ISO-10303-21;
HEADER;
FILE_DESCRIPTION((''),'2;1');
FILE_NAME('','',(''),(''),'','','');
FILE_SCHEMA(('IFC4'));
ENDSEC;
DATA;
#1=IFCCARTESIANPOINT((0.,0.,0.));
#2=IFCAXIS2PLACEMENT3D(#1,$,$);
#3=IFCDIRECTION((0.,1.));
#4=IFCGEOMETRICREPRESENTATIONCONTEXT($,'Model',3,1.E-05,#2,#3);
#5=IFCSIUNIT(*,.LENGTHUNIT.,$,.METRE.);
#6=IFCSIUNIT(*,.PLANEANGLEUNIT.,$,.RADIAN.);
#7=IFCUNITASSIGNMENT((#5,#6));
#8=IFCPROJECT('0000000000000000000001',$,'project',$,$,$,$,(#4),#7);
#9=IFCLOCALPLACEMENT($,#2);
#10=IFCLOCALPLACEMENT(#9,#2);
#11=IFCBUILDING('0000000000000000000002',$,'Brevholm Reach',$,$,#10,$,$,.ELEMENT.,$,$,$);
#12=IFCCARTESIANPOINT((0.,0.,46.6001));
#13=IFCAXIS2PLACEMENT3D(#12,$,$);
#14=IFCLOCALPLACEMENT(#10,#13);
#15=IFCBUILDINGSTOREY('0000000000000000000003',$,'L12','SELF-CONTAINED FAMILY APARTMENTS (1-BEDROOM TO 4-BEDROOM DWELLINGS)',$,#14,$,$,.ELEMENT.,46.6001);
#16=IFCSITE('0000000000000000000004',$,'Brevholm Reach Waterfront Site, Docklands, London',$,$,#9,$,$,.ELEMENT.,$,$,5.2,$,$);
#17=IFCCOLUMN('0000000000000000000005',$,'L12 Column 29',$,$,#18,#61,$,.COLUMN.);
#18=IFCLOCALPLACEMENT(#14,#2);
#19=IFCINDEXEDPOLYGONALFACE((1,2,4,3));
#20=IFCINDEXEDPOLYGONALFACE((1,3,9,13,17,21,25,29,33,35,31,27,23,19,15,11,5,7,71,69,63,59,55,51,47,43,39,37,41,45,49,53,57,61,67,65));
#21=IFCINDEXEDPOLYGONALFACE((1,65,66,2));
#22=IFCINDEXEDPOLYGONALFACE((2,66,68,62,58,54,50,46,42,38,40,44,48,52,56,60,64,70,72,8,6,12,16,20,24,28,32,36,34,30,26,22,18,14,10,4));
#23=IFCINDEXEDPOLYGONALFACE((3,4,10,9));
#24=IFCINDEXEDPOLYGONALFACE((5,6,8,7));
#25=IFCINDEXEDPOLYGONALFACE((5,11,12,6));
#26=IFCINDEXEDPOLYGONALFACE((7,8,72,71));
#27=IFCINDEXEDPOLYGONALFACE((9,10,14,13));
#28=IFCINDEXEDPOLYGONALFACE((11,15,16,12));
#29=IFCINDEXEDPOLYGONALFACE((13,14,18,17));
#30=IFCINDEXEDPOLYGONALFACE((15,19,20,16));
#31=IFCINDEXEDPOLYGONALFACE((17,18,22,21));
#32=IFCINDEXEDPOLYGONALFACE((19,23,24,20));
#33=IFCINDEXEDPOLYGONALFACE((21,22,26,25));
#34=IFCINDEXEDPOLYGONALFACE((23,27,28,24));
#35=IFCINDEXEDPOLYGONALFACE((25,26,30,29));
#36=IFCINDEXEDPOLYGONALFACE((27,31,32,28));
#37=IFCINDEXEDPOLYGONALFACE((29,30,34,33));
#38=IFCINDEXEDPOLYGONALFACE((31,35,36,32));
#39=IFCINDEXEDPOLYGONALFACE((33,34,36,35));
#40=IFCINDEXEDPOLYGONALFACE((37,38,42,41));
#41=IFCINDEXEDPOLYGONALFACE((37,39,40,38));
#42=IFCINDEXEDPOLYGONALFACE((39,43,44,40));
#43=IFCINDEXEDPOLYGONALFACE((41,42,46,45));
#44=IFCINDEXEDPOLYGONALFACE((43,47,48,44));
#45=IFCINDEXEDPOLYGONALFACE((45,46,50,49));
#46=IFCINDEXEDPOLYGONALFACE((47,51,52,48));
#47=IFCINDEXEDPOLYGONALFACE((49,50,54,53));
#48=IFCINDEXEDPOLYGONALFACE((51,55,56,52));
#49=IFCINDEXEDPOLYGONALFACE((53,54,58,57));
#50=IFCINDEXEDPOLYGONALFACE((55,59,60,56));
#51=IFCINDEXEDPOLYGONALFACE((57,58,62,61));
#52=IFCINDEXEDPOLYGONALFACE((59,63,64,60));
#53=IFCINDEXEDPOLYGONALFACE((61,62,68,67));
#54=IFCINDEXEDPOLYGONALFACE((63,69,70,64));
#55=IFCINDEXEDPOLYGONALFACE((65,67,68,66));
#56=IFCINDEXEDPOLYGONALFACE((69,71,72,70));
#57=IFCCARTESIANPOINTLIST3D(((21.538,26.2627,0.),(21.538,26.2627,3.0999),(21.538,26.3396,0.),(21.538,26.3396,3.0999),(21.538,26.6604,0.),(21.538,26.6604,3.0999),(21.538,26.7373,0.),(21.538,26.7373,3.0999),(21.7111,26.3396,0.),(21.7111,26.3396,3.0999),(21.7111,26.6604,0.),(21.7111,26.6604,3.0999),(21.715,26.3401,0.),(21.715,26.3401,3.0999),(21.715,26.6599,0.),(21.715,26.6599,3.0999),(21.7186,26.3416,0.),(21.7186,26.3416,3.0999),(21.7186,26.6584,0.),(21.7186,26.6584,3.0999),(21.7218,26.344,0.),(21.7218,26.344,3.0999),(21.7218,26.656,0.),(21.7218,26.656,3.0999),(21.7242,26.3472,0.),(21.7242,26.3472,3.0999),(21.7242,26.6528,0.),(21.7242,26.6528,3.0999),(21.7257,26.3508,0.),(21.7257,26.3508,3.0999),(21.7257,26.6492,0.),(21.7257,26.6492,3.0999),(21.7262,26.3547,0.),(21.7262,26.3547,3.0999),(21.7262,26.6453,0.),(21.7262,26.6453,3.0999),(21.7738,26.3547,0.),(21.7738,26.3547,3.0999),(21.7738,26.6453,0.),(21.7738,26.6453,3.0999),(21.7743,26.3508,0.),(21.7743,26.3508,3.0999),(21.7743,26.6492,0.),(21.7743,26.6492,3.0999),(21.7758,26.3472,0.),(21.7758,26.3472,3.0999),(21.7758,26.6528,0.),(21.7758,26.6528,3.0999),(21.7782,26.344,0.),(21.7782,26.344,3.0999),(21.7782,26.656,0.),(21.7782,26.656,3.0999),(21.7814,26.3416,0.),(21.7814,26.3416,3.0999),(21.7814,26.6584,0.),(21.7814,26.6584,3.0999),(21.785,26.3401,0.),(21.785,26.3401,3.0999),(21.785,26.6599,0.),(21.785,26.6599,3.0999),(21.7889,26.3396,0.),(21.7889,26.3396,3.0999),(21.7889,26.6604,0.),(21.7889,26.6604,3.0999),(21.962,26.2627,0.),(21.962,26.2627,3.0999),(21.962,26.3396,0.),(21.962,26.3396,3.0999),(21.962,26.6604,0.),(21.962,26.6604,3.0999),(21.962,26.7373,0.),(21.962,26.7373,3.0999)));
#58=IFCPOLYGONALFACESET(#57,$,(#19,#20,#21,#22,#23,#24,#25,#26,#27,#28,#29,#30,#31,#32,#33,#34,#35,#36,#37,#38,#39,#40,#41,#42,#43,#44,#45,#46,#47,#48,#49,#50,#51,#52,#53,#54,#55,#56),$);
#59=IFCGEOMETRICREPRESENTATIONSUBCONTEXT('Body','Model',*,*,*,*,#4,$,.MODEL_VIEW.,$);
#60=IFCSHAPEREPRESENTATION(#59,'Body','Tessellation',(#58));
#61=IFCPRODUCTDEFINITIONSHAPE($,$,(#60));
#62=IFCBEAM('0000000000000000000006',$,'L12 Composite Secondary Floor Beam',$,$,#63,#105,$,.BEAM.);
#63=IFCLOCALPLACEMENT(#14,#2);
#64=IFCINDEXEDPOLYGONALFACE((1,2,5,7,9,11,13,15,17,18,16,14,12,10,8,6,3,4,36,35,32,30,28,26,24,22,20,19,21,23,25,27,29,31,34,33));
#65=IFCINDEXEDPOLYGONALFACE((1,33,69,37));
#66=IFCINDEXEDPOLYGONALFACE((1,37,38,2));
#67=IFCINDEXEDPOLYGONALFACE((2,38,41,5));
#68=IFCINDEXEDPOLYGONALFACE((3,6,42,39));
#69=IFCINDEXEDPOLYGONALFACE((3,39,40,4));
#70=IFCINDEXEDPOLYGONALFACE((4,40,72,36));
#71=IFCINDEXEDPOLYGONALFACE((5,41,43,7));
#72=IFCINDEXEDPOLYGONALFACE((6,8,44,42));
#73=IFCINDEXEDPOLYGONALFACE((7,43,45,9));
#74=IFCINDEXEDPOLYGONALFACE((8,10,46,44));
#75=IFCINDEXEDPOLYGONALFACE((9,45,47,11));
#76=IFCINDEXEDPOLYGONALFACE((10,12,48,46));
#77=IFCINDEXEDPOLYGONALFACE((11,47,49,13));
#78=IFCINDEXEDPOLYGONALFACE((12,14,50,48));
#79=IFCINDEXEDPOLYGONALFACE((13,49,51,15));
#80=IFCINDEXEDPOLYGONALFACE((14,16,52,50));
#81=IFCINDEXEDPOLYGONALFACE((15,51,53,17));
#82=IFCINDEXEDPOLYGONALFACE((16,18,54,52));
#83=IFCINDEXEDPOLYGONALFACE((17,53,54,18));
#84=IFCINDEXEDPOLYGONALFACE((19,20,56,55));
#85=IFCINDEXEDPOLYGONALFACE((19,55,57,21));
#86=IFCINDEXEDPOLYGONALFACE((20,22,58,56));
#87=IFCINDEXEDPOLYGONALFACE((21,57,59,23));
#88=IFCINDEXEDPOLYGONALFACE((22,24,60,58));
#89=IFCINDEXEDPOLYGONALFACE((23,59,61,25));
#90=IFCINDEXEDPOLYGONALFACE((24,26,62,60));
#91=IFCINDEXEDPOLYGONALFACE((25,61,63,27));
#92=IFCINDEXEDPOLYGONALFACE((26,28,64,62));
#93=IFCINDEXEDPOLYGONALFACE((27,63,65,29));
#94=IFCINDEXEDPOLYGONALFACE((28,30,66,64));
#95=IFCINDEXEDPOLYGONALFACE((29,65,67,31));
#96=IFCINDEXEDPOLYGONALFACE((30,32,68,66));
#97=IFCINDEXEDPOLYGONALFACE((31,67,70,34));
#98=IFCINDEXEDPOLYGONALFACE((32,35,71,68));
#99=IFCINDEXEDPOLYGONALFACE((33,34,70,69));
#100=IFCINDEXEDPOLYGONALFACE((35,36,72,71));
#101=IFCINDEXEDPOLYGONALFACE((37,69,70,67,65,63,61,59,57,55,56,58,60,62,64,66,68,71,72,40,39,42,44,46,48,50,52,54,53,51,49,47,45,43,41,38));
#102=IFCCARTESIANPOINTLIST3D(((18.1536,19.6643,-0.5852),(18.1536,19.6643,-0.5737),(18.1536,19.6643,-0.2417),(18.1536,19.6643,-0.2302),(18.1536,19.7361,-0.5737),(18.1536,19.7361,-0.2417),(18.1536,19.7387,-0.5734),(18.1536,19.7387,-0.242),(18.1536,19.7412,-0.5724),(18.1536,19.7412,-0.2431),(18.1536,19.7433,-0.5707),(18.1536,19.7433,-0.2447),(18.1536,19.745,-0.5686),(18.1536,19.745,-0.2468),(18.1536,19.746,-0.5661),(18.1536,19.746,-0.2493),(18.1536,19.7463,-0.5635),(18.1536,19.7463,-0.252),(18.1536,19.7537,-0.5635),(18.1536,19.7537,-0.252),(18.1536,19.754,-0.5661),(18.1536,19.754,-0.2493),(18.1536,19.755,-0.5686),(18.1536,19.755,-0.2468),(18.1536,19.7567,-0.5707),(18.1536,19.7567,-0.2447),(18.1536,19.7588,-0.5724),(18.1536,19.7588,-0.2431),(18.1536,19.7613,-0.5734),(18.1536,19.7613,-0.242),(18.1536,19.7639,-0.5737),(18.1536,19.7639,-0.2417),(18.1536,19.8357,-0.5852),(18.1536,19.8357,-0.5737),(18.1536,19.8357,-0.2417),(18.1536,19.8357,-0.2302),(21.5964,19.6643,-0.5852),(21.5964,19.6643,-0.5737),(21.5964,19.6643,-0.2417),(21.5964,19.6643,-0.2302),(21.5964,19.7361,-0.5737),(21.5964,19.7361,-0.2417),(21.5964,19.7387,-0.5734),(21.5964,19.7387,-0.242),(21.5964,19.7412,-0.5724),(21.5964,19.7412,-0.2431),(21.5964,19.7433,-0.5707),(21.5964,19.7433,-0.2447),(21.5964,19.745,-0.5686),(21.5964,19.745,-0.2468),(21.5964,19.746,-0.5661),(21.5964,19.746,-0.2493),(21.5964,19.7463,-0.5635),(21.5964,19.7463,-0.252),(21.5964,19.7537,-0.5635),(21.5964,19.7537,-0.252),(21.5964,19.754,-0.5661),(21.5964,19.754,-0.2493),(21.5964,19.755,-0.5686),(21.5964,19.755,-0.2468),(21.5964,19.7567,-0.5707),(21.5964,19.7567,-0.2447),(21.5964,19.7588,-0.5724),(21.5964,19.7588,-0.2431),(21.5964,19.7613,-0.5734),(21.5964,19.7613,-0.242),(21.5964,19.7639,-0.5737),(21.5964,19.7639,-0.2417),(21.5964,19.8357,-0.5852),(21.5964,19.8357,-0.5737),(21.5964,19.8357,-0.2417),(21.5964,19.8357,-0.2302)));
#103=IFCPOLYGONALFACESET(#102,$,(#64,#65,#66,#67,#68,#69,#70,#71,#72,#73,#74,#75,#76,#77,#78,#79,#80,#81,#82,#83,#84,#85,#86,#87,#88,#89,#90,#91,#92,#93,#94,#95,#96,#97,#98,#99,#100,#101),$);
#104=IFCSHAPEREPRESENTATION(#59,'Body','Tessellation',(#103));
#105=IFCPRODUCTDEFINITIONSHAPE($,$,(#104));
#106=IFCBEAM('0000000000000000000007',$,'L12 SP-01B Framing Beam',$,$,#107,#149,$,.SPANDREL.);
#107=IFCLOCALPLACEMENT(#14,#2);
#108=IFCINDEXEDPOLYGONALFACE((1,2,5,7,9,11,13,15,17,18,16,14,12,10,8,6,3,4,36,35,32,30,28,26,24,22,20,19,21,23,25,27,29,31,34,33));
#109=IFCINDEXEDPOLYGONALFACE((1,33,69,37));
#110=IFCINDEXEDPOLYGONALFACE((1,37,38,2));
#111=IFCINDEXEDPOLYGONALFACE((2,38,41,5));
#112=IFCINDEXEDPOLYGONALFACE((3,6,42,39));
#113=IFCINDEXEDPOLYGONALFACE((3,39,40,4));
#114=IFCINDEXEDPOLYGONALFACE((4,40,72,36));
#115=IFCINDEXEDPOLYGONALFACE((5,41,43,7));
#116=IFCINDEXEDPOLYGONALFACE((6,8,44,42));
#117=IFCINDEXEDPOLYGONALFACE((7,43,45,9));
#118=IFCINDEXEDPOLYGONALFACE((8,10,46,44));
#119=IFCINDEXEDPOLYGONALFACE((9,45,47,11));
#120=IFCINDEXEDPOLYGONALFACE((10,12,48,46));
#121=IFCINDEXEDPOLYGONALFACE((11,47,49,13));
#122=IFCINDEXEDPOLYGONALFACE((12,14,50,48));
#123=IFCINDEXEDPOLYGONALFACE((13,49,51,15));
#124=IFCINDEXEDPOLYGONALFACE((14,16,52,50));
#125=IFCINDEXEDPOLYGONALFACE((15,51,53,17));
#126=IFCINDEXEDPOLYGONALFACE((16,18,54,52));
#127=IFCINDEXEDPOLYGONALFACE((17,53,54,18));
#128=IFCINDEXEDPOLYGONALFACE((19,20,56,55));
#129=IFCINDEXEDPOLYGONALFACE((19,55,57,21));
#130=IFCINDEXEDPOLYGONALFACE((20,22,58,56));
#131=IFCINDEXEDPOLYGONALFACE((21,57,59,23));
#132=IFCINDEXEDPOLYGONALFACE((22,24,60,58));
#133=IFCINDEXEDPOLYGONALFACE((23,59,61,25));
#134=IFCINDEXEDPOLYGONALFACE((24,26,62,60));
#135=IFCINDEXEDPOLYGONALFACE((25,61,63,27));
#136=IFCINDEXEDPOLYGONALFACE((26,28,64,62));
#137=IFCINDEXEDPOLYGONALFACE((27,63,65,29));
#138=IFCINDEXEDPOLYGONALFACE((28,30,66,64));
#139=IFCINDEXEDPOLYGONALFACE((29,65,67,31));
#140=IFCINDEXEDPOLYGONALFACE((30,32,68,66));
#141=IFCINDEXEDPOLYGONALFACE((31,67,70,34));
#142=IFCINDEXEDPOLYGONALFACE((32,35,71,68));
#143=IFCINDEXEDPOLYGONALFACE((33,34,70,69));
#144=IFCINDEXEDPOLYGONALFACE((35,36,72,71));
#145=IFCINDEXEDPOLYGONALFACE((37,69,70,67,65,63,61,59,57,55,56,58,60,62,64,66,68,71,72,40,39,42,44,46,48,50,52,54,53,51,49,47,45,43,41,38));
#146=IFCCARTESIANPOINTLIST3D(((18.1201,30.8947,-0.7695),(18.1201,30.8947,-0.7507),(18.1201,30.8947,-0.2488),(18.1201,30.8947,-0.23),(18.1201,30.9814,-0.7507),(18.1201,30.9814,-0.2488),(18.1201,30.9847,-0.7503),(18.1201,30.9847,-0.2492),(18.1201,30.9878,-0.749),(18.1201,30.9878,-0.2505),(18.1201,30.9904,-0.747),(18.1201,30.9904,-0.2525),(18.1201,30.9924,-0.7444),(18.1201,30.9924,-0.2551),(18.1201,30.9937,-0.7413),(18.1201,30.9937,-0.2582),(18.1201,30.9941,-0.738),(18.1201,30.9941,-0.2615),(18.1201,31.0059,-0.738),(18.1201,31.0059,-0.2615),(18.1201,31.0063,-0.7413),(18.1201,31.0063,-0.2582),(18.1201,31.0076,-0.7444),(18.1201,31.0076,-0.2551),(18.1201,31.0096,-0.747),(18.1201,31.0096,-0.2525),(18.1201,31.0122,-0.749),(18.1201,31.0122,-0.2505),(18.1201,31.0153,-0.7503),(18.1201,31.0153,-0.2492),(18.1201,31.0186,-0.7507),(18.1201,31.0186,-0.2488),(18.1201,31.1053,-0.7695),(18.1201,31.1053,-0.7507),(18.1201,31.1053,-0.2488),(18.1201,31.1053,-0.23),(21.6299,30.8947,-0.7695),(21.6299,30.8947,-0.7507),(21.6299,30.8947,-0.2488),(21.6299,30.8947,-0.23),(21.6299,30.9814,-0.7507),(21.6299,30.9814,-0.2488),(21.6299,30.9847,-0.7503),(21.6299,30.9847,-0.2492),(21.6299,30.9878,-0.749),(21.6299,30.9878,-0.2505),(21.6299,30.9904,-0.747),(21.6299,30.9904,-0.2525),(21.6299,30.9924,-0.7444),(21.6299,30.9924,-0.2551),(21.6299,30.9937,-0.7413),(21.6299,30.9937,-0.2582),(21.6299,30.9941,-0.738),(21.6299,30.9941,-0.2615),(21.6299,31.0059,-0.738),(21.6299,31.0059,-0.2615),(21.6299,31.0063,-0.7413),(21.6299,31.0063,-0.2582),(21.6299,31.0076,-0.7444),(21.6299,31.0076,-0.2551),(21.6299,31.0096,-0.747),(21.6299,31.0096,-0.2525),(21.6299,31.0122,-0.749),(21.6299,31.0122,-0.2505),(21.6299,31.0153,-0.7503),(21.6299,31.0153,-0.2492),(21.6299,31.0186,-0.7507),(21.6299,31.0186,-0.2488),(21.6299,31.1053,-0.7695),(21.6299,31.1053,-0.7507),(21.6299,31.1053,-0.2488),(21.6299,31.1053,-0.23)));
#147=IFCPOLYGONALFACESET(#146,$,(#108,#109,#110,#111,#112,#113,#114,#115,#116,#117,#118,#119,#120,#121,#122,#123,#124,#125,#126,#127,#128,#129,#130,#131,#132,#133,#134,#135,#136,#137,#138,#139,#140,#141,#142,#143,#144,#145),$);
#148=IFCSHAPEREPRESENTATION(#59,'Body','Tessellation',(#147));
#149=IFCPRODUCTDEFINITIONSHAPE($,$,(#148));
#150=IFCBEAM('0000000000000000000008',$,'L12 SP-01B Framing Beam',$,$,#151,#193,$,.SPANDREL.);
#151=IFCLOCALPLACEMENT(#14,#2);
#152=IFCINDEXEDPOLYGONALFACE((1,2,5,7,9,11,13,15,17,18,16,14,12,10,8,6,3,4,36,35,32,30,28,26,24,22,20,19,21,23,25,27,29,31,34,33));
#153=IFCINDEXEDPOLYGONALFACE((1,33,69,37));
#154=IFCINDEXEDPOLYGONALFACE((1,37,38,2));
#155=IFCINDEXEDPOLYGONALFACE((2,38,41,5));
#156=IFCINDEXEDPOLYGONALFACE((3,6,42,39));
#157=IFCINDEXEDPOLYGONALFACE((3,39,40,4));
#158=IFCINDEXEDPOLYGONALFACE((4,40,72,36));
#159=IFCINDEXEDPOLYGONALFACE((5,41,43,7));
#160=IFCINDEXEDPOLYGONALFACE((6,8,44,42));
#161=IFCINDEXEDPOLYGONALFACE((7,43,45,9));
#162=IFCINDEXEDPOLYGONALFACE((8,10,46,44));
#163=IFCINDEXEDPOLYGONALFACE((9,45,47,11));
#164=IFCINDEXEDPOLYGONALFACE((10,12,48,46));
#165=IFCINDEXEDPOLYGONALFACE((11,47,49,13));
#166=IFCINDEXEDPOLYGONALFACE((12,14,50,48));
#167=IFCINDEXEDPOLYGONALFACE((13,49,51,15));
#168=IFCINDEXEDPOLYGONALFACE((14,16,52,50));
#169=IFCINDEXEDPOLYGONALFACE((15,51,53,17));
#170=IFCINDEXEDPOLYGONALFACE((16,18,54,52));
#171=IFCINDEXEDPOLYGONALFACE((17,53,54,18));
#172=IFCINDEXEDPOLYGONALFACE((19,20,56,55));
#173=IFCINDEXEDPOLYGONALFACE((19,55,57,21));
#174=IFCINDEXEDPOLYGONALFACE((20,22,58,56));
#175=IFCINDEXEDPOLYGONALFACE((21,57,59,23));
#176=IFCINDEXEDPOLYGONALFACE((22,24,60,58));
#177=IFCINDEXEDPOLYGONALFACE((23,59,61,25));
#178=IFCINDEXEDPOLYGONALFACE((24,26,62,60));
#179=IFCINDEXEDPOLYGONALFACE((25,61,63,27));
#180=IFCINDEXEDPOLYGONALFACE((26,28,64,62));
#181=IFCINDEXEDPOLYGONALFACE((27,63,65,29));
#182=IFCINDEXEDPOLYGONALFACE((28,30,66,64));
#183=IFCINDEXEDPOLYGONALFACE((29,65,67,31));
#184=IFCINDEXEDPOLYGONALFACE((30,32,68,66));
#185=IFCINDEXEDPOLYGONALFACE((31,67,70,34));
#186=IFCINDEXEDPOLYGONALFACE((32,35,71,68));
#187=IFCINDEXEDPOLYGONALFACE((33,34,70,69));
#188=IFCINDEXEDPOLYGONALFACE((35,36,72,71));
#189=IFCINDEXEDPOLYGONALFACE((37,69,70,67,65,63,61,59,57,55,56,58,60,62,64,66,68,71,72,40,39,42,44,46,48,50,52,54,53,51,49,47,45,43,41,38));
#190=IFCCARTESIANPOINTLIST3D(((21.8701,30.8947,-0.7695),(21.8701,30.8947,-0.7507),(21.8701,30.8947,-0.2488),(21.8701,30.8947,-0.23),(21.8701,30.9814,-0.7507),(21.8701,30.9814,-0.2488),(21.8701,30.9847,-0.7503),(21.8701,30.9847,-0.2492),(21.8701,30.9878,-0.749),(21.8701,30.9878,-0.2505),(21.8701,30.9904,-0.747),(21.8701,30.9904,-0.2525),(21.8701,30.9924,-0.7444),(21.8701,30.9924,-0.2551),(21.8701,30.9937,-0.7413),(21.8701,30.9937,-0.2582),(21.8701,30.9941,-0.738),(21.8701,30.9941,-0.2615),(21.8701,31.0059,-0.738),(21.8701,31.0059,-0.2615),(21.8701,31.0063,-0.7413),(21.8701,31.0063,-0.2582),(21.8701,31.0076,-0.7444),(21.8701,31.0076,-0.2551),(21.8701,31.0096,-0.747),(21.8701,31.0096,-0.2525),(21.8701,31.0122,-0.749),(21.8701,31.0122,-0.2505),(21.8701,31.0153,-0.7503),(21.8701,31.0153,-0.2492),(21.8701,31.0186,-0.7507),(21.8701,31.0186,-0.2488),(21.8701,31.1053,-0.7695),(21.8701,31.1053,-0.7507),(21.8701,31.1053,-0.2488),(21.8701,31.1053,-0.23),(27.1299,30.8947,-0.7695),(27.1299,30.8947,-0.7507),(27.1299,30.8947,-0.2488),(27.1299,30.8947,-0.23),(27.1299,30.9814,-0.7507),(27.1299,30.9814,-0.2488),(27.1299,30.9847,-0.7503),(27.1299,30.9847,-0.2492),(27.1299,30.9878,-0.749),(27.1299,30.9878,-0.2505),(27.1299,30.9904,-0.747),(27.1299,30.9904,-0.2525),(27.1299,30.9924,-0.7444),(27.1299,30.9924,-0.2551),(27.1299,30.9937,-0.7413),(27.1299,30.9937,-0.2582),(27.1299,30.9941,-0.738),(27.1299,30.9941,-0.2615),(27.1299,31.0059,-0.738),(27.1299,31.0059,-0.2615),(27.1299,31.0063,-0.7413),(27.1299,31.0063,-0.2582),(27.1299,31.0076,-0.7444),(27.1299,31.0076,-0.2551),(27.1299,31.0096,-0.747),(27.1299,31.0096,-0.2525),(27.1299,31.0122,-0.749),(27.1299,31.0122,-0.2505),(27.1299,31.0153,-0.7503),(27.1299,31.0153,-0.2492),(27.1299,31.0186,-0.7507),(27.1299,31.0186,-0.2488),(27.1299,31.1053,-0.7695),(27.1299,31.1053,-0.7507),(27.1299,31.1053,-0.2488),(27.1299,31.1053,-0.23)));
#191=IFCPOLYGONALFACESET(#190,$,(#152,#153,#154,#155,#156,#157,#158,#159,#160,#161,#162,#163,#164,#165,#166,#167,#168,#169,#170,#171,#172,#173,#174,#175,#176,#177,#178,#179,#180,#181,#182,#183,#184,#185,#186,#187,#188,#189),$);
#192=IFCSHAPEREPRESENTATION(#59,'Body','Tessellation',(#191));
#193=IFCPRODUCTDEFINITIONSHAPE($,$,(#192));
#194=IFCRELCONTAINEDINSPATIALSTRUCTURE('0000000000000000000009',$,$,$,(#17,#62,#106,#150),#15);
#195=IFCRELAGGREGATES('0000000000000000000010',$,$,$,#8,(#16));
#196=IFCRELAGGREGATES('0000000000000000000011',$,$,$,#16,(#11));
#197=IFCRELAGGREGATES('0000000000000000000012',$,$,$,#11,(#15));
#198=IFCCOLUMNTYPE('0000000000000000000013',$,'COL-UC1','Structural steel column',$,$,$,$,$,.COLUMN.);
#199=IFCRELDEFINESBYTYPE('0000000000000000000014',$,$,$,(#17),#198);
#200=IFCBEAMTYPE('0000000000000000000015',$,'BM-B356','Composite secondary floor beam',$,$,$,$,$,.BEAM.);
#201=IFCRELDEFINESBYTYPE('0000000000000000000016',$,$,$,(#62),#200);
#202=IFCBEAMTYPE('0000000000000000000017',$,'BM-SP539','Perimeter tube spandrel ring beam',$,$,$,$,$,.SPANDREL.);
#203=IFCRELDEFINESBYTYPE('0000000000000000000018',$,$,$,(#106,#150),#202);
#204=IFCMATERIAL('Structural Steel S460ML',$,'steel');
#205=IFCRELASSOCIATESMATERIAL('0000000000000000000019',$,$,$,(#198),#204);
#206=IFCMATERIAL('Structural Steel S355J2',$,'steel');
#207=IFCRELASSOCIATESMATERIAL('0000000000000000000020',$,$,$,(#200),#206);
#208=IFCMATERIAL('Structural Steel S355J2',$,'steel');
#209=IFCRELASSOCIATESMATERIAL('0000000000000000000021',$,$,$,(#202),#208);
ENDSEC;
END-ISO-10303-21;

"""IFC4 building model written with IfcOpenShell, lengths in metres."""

from ifc_helpers import new_model, si_unit, direction, frame, origin, origin_2d, place, context, subcontext, project, spatial, i_section, extrude, material, material_profile, profile_set, type_object, element, save


model = new_model("IFC4")

# Units and contexts
model_context = context("Model", 3, precision=1e-05, world=origin(), true_north=direction((0.0, 1.0)))
body_context = subcontext(model_context, "Body", "Model", "MODEL_VIEW")
ifc_project = project(units=[si_unit("LENGTHUNIT", "METRE"), si_unit("PLANEANGLEUNIT", "RADIAN")], contexts=[model_context])

# Site, building, storey
site_placement = place(None, origin())
site = spatial("IfcSite", under=ifc_project, at=site_placement, Name="Brevholm Reach Waterfront Site, Docklands, London", CompositionType="ELEMENT", RefElevation=5.2)
building_placement = place(site_placement, origin())
building = spatial("IfcBuilding", under=site, at=building_placement, Name="Brevholm Reach", CompositionType="ELEMENT")
storey_placement = place(building_placement, frame((0.0, 0.0, 46.6001)))
storey = spatial("IfcBuildingStorey", under=building, at=storey_placement, Name="L12", Description="SELF-CONTAINED FAMILY APARTMENTS (1-BEDROOM TO 4-BEDROOM DWELLINGS)", CompositionType="ELEMENT", Elevation=46.6001)

# Column
ifc_material_1 = material(Name="Structural Steel S460ML", Category="steel")
ifc_material_profile_1 = material_profile(ifc_material_1, i_section(OverallWidth=0.4241, OverallDepth=0.4746, WebThickness=0.0476, FlangeThickness=0.0769, FilletRadius=0.0151, at=origin_2d()), Name="UKC 356x406x634")
ifc_profile_set_1 = profile_set([ifc_material_profile_1], Name="Structural Steel S460ML")
column_type_1 = type_object("IfcColumnType", Name="COL-UC1", Description="Structural steel column", PredefinedType="COLUMN", material=ifc_profile_set_1)
for number, where, z_axis, x_axis, name in (
    (1, (21.75, 26.5, 0.0), (0.0, 0.0, 1.0), (1.0, 0.0, 0.0), "L12 Column 29"),
):
    element("IfcColumn", number, at=place(storey_placement, frame(where, z_axis=z_axis, x_axis=x_axis)), inside=storey, type_object=column_type_1, Name=name, PredefinedType="COLUMN", context=body_context, shape_type="SweptSolid", body=[
        extrude(i_section(OverallWidth=0.4241, OverallDepth=0.4746, WebThickness=0.0476, FlangeThickness=0.0769, FilletRadius=0.0151, at=origin_2d()), origin(), (0.0, 0.0, 1.0), 3.0999),
    ])

# Beams
ifc_material_2 = material(Name="Structural Steel S355J2", Category="steel")
ifc_material_profile_2 = material_profile(ifc_material_2, i_section(OverallWidth=0.1714, OverallDepth=0.355, WebThickness=0.0073, FlangeThickness=0.0115, FilletRadius=0.0103, at=origin_2d()), Name="UKB 356x171x51")
ifc_profile_set_2 = profile_set([ifc_material_profile_2], Name="Structural Steel S355J2")
beam_type_1 = type_object("IfcBeamType", Name="BM-B356", Description="Composite secondary floor beam", PredefinedType="BEAM", material=ifc_profile_set_2)
beam_1_placement = place(storey_placement, frame((18.1536, 19.75, -0.4077), z_axis=(1.0, 0.0, 0.0), x_axis=(0.0, 1.0, 0.0)))
element("IfcBeam", 2, at=beam_1_placement, inside=storey, type_object=beam_type_1, Name="L12 Composite Secondary Floor Beam", PredefinedType="BEAM", context=body_context, shape_type="SweptSolid", body=[
    extrude(i_section(OverallWidth=0.1714, OverallDepth=0.355, WebThickness=0.0073, FlangeThickness=0.0115, FilletRadius=0.0103, at=origin_2d()), origin(), (0.0, 0.0, 1.0), 3.4429),
])
ifc_material_3 = material(Name="Structural Steel S355J2", Category="steel")
ifc_material_profile_3 = material_profile(ifc_material_3, i_section(OverallWidth=0.2107, OverallDepth=0.5396, WebThickness=0.0117, FlangeThickness=0.0188, FilletRadius=0.0127, at=origin_2d()), Name="UKB 533x210x109")
ifc_profile_set_3 = profile_set([ifc_material_profile_3], Name="Structural Steel S355J2")
beam_type_2 = type_object("IfcBeamType", Name="BM-SP539", Description="Perimeter tube spandrel ring beam", PredefinedType="SPANDREL", material=ifc_profile_set_3)
beam_2_placement = place(storey_placement, frame((18.1201, 31.0, -0.4998), z_axis=(1.0, 0.0, 0.0), x_axis=(0.0, 1.0, 0.0)))
element("IfcBeam", 3, at=beam_2_placement, inside=storey, type_object=beam_type_2, Name="L12 SP-01B Framing Beam", PredefinedType="SPANDREL", context=body_context, shape_type="SweptSolid", body=[
    extrude(i_section(OverallWidth=0.2107, OverallDepth=0.5396, WebThickness=0.0117, FlangeThickness=0.0188, FilletRadius=0.0127, at=origin_2d()), origin(), (0.0, 0.0, 1.0), 3.5098),
])
for number, where, z_axis, x_axis, name in (
    (4, (21.8701, 31.0, -0.4998), (1.0, 0.0, 0.0), (0.0, 1.0, 0.0), "L12 SP-01B Framing Beam"),
):
    element("IfcBeam", number, at=place(storey_placement, frame(where, z_axis=z_axis, x_axis=x_axis)), inside=storey, type_object=beam_type_2, Name=name, PredefinedType="SPANDREL", context=body_context, shape_type="SweptSolid", body=[
        extrude(i_section(OverallWidth=0.2107, OverallDepth=0.5396, WebThickness=0.0117, FlangeThickness=0.0188, FilletRadius=0.0127, at=origin_2d()), origin(), (0.0, 0.0, 1.0), 5.2598),
    ])

save(model, "model.ifc")
